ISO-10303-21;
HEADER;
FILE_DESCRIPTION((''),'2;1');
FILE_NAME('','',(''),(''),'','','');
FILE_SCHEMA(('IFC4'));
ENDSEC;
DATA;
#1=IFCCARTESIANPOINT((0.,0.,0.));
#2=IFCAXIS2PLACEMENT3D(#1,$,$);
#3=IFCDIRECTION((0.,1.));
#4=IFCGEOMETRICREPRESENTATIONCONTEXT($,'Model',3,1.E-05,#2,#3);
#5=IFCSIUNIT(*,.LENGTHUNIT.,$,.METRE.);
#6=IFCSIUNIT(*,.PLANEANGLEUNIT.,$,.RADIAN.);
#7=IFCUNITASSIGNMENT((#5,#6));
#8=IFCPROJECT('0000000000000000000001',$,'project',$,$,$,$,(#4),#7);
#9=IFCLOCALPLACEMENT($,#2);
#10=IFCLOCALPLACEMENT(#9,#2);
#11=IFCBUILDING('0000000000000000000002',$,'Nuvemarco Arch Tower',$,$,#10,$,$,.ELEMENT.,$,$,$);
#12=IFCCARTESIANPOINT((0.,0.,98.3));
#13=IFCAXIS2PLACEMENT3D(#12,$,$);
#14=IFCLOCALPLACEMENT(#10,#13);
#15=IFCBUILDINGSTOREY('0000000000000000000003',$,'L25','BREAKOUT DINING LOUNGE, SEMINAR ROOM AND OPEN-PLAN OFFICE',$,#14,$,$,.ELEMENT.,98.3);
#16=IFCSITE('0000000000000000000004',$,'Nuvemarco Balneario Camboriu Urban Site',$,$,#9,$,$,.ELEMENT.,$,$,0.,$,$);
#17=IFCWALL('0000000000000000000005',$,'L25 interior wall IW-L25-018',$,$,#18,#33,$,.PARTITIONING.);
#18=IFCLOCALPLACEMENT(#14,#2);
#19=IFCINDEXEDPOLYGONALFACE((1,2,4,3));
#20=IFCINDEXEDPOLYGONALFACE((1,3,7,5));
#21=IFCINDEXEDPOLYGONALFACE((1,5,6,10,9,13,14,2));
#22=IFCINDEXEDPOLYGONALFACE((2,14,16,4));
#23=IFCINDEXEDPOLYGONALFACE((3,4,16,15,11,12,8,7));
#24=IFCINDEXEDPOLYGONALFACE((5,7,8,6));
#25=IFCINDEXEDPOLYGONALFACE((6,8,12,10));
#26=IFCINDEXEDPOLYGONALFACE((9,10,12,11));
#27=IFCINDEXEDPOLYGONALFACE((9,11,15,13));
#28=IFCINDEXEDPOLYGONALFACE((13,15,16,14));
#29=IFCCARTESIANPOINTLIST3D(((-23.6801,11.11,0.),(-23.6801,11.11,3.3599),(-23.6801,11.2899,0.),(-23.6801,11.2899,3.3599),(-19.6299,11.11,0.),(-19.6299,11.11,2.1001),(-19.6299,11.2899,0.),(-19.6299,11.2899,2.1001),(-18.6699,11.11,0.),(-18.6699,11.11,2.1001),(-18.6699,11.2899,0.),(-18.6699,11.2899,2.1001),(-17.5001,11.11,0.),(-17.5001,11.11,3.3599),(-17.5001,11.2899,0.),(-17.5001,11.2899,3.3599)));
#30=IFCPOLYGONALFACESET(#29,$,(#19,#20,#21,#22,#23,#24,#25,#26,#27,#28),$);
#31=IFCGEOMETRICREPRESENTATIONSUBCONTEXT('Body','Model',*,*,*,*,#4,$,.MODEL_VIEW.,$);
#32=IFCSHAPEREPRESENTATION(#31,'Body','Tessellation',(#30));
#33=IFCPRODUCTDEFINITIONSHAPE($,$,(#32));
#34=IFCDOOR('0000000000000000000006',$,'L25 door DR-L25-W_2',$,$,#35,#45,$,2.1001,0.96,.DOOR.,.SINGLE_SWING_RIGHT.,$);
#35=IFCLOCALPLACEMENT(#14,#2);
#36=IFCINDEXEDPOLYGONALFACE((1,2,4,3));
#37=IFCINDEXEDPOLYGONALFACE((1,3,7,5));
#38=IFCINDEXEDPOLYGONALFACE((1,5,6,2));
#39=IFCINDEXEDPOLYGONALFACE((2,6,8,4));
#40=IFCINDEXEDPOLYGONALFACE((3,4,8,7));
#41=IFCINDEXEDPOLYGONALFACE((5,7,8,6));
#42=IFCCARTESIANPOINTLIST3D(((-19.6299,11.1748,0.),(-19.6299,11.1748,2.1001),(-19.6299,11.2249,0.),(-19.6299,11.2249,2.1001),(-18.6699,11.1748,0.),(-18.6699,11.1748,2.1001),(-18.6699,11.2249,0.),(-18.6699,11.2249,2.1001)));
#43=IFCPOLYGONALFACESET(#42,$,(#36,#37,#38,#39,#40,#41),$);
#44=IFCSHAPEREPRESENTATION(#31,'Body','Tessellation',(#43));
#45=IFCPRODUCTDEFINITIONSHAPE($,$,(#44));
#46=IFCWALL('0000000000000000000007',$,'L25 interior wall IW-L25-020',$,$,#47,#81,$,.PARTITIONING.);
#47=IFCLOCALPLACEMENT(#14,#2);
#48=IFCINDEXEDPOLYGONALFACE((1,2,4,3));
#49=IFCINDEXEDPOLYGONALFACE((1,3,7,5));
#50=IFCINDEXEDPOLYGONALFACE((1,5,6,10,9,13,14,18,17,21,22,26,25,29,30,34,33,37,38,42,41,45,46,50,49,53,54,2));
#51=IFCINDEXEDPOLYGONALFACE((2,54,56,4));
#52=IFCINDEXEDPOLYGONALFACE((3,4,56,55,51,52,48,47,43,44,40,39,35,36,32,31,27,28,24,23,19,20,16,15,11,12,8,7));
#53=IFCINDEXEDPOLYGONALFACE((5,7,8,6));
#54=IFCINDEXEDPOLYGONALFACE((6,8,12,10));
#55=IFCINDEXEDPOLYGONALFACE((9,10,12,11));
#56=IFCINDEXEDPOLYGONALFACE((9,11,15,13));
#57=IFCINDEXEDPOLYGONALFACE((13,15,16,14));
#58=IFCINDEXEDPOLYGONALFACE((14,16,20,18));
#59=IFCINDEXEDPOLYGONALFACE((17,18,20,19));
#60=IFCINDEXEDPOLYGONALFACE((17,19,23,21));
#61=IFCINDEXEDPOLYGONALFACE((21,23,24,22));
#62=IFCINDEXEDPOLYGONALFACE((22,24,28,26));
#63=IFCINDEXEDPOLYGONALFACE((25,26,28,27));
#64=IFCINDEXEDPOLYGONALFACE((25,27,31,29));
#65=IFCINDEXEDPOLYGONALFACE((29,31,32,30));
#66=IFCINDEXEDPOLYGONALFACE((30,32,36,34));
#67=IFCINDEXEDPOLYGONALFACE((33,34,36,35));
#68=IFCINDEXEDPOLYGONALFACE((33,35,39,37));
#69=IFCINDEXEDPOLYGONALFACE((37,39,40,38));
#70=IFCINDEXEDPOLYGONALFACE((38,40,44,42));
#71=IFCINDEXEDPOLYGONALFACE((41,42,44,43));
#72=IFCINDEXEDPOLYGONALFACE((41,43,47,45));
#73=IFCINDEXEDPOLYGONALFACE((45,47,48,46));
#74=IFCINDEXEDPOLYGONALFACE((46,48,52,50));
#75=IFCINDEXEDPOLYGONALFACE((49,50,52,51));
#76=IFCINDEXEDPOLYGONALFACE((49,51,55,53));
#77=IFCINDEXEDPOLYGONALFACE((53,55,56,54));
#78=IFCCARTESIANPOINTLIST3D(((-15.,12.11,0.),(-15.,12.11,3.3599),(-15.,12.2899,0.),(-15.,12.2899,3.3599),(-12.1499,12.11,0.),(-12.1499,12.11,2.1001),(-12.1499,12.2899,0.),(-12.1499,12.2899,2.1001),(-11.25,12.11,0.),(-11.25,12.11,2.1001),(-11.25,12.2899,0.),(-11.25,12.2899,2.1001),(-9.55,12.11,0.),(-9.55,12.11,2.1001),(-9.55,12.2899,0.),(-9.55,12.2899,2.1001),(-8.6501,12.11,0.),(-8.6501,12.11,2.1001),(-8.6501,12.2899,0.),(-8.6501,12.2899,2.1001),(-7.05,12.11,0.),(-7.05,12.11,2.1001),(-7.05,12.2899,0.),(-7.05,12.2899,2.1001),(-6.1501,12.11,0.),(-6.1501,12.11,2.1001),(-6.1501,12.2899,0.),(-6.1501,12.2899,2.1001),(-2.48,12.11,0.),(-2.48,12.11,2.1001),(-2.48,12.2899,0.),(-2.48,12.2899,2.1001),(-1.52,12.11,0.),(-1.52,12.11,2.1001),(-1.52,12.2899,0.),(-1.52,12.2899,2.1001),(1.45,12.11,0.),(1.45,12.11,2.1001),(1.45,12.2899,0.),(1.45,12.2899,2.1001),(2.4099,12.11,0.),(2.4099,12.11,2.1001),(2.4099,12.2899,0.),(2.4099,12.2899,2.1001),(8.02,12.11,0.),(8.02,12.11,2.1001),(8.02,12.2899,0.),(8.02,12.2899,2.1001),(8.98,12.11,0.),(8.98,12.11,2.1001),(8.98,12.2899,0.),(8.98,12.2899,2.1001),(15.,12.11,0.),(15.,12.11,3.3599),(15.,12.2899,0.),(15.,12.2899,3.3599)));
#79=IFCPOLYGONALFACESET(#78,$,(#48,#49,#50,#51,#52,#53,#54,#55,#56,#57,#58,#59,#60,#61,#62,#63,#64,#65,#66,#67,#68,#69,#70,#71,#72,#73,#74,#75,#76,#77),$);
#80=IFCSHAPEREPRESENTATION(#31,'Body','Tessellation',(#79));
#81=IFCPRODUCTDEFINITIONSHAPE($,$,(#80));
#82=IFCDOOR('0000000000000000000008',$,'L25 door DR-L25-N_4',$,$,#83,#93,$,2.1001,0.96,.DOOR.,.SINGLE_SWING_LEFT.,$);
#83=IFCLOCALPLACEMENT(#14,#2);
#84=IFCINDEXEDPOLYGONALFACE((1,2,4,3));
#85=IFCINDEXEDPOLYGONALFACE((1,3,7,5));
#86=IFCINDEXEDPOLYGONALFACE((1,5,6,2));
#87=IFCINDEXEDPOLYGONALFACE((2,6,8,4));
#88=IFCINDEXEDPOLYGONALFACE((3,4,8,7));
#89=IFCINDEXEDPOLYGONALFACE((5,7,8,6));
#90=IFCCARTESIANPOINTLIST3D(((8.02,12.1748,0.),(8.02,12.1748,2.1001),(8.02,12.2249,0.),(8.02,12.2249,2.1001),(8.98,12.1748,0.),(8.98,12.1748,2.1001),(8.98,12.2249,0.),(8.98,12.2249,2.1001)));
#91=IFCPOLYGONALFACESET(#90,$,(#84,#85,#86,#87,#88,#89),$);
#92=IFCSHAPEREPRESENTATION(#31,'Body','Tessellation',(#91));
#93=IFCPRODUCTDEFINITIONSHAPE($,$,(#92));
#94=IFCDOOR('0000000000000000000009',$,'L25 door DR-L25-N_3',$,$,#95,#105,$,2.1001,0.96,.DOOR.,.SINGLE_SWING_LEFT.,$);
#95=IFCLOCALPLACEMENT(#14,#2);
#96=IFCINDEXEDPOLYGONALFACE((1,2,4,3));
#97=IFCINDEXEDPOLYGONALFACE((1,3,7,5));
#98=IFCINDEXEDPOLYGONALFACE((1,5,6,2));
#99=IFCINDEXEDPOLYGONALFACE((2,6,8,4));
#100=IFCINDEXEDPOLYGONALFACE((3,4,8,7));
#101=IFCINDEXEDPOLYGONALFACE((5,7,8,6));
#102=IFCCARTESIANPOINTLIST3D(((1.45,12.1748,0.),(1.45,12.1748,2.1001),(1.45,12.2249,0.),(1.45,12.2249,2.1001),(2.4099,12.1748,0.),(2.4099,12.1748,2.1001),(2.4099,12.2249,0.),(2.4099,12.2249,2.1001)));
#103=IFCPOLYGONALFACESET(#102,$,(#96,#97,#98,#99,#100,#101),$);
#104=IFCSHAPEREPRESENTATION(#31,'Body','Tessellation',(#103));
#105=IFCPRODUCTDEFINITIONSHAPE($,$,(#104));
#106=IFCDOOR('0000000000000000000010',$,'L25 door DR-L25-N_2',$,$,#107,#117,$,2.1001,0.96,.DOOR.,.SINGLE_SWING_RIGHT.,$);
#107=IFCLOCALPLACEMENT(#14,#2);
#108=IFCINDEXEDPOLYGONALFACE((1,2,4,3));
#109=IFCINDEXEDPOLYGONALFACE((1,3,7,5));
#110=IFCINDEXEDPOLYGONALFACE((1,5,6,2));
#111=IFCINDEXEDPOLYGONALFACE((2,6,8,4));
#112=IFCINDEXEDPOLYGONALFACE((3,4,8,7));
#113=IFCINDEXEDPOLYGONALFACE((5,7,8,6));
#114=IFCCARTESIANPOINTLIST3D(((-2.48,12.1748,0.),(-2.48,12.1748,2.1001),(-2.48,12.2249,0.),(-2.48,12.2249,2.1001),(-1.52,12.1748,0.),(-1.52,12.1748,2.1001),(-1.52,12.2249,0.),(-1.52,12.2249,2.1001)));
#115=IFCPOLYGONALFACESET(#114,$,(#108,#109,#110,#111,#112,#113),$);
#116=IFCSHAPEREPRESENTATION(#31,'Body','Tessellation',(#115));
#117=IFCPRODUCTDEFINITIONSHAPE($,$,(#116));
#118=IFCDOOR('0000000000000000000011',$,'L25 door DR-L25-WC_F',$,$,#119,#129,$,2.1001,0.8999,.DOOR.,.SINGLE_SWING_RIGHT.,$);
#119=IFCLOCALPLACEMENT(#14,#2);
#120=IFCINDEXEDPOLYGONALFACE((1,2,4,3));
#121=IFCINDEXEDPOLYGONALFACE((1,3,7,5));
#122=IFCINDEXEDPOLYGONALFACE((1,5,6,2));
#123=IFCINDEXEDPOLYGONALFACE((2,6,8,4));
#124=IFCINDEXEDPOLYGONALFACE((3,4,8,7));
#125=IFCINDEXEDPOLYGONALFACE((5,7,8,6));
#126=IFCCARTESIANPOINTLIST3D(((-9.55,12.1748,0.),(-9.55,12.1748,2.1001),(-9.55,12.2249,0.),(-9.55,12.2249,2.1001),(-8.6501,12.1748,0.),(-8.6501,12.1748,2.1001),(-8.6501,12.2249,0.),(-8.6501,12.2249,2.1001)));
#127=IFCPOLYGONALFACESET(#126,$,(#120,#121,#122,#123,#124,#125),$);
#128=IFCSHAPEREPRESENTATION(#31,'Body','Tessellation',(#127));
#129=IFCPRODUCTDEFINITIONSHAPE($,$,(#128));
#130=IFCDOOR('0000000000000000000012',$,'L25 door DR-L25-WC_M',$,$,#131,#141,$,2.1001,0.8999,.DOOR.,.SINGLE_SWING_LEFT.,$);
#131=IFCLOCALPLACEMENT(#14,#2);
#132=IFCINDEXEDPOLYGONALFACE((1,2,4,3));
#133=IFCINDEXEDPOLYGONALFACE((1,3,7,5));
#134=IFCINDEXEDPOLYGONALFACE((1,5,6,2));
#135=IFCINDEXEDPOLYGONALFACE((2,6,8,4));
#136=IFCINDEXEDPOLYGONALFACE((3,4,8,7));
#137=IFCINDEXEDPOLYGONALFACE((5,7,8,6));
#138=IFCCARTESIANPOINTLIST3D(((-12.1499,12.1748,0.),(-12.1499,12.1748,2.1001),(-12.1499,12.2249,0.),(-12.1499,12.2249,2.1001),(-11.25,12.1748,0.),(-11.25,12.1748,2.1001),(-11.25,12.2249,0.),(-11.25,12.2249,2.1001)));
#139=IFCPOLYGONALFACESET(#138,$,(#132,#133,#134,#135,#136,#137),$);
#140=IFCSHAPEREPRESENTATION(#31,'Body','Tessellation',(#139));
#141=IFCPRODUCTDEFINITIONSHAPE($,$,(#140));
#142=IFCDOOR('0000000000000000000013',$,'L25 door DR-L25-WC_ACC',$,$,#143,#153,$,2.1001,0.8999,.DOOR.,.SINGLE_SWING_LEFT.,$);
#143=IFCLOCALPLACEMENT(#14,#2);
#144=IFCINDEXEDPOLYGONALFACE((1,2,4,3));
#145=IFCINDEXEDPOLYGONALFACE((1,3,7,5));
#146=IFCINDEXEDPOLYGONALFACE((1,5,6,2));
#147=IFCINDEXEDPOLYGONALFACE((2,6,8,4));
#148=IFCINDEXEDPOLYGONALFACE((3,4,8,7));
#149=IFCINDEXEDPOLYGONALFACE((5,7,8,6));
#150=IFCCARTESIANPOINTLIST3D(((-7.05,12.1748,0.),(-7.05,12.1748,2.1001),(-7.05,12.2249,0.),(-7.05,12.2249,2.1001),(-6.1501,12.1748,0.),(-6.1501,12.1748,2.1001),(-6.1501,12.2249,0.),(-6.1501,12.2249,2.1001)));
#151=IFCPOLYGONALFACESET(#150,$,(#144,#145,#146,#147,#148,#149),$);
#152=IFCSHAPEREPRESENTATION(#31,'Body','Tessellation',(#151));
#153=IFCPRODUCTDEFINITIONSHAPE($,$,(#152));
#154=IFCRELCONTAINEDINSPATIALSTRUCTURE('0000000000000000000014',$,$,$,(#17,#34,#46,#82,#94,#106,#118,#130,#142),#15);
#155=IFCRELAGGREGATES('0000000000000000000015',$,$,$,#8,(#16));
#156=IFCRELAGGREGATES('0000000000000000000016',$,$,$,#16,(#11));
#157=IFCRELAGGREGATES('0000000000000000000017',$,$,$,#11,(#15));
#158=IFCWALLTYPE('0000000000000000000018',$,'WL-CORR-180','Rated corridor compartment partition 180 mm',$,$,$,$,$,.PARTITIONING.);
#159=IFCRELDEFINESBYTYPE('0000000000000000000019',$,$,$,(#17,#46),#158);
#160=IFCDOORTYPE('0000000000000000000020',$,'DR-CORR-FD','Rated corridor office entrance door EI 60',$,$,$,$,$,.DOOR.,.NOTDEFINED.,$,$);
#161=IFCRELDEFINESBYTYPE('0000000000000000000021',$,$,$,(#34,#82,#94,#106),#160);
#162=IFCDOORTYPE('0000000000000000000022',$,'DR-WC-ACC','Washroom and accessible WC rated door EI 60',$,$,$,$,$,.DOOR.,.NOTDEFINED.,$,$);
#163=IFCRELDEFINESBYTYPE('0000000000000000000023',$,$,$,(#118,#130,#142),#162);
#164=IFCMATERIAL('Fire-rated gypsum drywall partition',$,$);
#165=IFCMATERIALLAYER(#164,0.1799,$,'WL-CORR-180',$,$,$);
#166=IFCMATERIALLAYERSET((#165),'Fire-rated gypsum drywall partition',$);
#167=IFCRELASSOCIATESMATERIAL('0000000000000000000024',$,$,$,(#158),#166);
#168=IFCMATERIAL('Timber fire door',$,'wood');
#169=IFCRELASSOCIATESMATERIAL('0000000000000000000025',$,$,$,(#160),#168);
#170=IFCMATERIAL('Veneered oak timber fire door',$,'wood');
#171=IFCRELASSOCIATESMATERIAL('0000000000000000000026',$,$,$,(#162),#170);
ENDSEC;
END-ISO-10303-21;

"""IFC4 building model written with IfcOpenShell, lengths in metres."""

from ifc_helpers import new_model, si_unit, direction, frame, frame_2d, origin, place, context, subcontext, project, spatial, rectangle, extrude, source, transform, mapped, material, layer, layer_set, type_object, type_shapes, element, fill, save


model = new_model("IFC4")

# Units and contexts
model_context = context("Model", 3, precision=1e-05, world=origin(), true_north=direction((0.0, 1.0)))
body_context = subcontext(model_context, "Body", "Model", "MODEL_VIEW")
ifc_project = project(units=[si_unit("LENGTHUNIT", "METRE"), si_unit("PLANEANGLEUNIT", "RADIAN")], contexts=[model_context])

# Site, building, storey
site_placement = place(None, origin())
site = spatial("IfcSite", under=ifc_project, at=site_placement, Name="Nuvemarco Balneario Camboriu Urban Site", CompositionType="ELEMENT", RefElevation=0.0)
building_placement = place(site_placement, origin())
building = spatial("IfcBuilding", under=site, at=building_placement, Name="Nuvemarco Arch Tower", CompositionType="ELEMENT")
storey_placement = place(building_placement, frame((0.0, 0.0, 98.3)))
storey = spatial("IfcBuildingStorey", under=building, at=storey_placement, Name="L25", Description="BREAKOUT DINING LOUNGE, SEMINAR ROOM AND OPEN-PLAN OFFICE", CompositionType="ELEMENT", Elevation=98.3)

# Wall, opening, door
ifc_material_1 = material(Name="Fire-rated gypsum drywall partition")
ifc_layer = layer(ifc_material_1, 0.1799, Name="WL-CORR-180")
ifc_layer_set = layer_set([ifc_layer], Name="Fire-rated gypsum drywall partition")
wall_type = type_object("IfcWallType", Name="WL-CORR-180", Description="Rated corridor compartment partition 180 mm", PredefinedType="PARTITIONING", material=ifc_layer_set)
wall_1_placement = place(storey_placement, frame((-23.6799, 11.2, 0.0), z_axis=(0.0, 0.0, 1.0), x_axis=(1.0, 0.0, 0.0)))
wall_1 = element("IfcWall", 1, at=wall_1_placement, inside=storey, type_object=wall_type, Name="L25 interior wall IW-L25-018", PredefinedType="PARTITIONING", context=body_context, shape_type="SweptSolid", body=[
    extrude(rectangle(XDim=6.1799, YDim=0.1799, at=frame_2d((3.0898, 0.0))), origin(), (0.0, 0.0, 1.0), 3.3599),
])
opening_1_placement = place(wall_1_placement, frame((4.05, 0.0, 0.0)))
opening_1 = element("IfcOpeningElement", 2, at=opening_1_placement, cuts=wall_1, PredefinedType="OPENING", context=body_context, shape_type="SweptSolid", body=[
    extrude(rectangle(XDim=0.96, YDim=2.1001, at=frame_2d((0.48, 1.05))), frame((0.0, 0.0999, 0.0), z_axis=(0.0, -1.0, 0.0), x_axis=(1.0, 0.0, 0.0)), (0.0, 0.0, 1.0), 0.2),
])
ifc_material_2 = material(Name="Timber fire door", Category="wood")
door_type_1 = type_object("IfcDoorType", Name="DR-CORR-FD", Description="Rated corridor office entrance door EI 60", OperationType="NOTDEFINED", PredefinedType="DOOR", material=ifc_material_2)
shared_shape_1 = source(origin(), body_context, "Body", "SweptSolid", [
    extrude(rectangle(XDim=0.96, YDim=2.1001, at=frame_2d((0.48, 1.05))), frame((0.0, 0.0249, 0.0), z_axis=(0.0, -1.0, 0.0), x_axis=(1.0, 0.0, 0.0)), (0.0, 0.0, 1.0), 0.05),
])
type_shapes(door_type_1, [shared_shape_1])
door_1_placement = place(opening_1_placement, origin())
door_1 = element("IfcDoor", 3, at=door_1_placement, inside=storey, type_object=door_type_1, Name="L25 door DR-L25-W_2", OperationType="SINGLE_SWING_RIGHT", OverallHeight=2.1001, OverallWidth=0.96, PredefinedType="DOOR", context=body_context, shape_type="MappedRepresentation", body=[
    mapped(shared_shape_1, transform((0.0, 0.0, 0.0), scale=1.0)),
])
fill(opening_1, door_1)

# Wall, openings, doors
wall_2_placement = place(storey_placement, frame((-15.0, 12.2, 0.0), z_axis=(0.0, 0.0, 1.0), x_axis=(1.0, 0.0, 0.0)))
wall_2 = element("IfcWall", 4, at=wall_2_placement, inside=storey, type_object=wall_type, Name="L25 interior wall IW-L25-020", PredefinedType="PARTITIONING", context=body_context, shape_type="SweptSolid", body=[
    extrude(rectangle(XDim=30.0, YDim=0.1799, at=frame_2d((15.0, 0.0))), origin(), (0.0, 0.0, 1.0), 3.3599),
])
opening_2_placement = place(wall_2_placement, frame((23.02, 0.0, 0.0)))
opening_2 = element("IfcOpeningElement", 5, at=opening_2_placement, cuts=wall_2, PredefinedType="OPENING", context=body_context, shape_type="SweptSolid", body=[
    extrude(rectangle(XDim=0.96, YDim=2.1001, at=frame_2d((0.48, 1.05))), frame((0.0, 0.0999, 0.0), z_axis=(0.0, -1.0, 0.0), x_axis=(1.0, 0.0, 0.0)), (0.0, 0.0, 1.0), 0.2),
])
opening_3_placement = place(wall_2_placement, frame((16.45, 0.0, 0.0)))
opening_3 = element("IfcOpeningElement", 6, at=opening_3_placement, cuts=wall_2, PredefinedType="OPENING", context=body_context, shape_type="SweptSolid", body=[
    extrude(rectangle(XDim=0.96, YDim=2.1001, at=frame_2d((0.48, 1.05))), frame((0.0, 0.0999, 0.0), z_axis=(0.0, -1.0, 0.0), x_axis=(1.0, 0.0, 0.0)), (0.0, 0.0, 1.0), 0.2),
])
opening_4_placement = place(wall_2_placement, frame((5.45, 0.0, 0.0)))
opening_4 = element("IfcOpeningElement", 7, at=opening_4_placement, cuts=wall_2, PredefinedType="OPENING", context=body_context, shape_type="SweptSolid", body=[
    extrude(rectangle(XDim=0.8999, YDim=2.1001, at=frame_2d((0.45, 1.05))), frame((0.0, 0.0999, 0.0), z_axis=(0.0, -1.0, 0.0), x_axis=(1.0, 0.0, 0.0)), (0.0, 0.0, 1.0), 0.2),
])
opening_5_placement = place(wall_2_placement, frame((2.8501, 0.0, 0.0)))
opening_5 = element("IfcOpeningElement", 8, at=opening_5_placement, cuts=wall_2, PredefinedType="OPENING", context=body_context, shape_type="SweptSolid", body=[
    extrude(rectangle(XDim=0.8999, YDim=2.1001, at=frame_2d((0.45, 1.05))), frame((0.0, 0.0999, 0.0), z_axis=(0.0, -1.0, 0.0), x_axis=(1.0, 0.0, 0.0)), (0.0, 0.0, 1.0), 0.2),
])
opening_6_placement = place(wall_2_placement, frame((12.52, 0.0, 0.0)))
opening_6 = element("IfcOpeningElement", 9, at=opening_6_placement, cuts=wall_2, PredefinedType="OPENING", context=body_context, shape_type="SweptSolid", body=[
    extrude(rectangle(XDim=0.96, YDim=2.1001, at=frame_2d((0.48, 1.05))), frame((0.0, 0.0999, 0.0), z_axis=(0.0, -1.0, 0.0), x_axis=(1.0, 0.0, 0.0)), (0.0, 0.0, 1.0), 0.2),
])
opening_7_placement = place(wall_2_placement, frame((7.95, 0.0, 0.0)))
opening_7 = element("IfcOpeningElement", 10, at=opening_7_placement, cuts=wall_2, PredefinedType="OPENING", context=body_context, shape_type="SweptSolid", body=[
    extrude(rectangle(XDim=0.8999, YDim=2.1001, at=frame_2d((0.45, 1.05))), frame((0.0, 0.0999, 0.0), z_axis=(0.0, -1.0, 0.0), x_axis=(1.0, 0.0, 0.0)), (0.0, 0.0, 1.0), 0.2),
])
door_2_placement = place(opening_2_placement, origin())
door_2 = element("IfcDoor", 11, at=door_2_placement, inside=storey, type_object=door_type_1, Name="L25 door DR-L25-N_4", OperationType="SINGLE_SWING_LEFT", OverallHeight=2.1001, OverallWidth=0.96, PredefinedType="DOOR", context=body_context, shape_type="MappedRepresentation", body=[
    mapped(shared_shape_1, transform((0.0, 0.0, 0.0), scale=1.0)),
])
fill(opening_2, door_2)
door_3_placement = place(opening_3_placement, origin())
door_3 = element("IfcDoor", 12, at=door_3_placement, inside=storey, type_object=door_type_1, Name="L25 door DR-L25-N_3", OperationType="SINGLE_SWING_LEFT", OverallHeight=2.1001, OverallWidth=0.96, PredefinedType="DOOR", context=body_context, shape_type="MappedRepresentation", body=[
    mapped(shared_shape_1, transform((0.0, 0.0, 0.0), scale=1.0)),
])
fill(opening_3, door_3)
door_4_placement = place(opening_6_placement, origin())
door_4 = element("IfcDoor", 13, at=door_4_placement, inside=storey, type_object=door_type_1, Name="L25 door DR-L25-N_2", OperationType="SINGLE_SWING_RIGHT", OverallHeight=2.1001, OverallWidth=0.96, PredefinedType="DOOR", context=body_context, shape_type="MappedRepresentation", body=[
    mapped(shared_shape_1, transform((0.0, 0.0, 0.0), scale=1.0)),
])
fill(opening_6, door_4)
ifc_material_3 = material(Name="Veneered oak timber fire door", Category="wood")
door_type_2 = type_object("IfcDoorType", Name="DR-WC-ACC", Description="Washroom and accessible WC rated door EI 60", OperationType="NOTDEFINED", PredefinedType="DOOR", material=ifc_material_3)
shared_shape_2 = source(origin(), body_context, "Body", "SweptSolid", [
    extrude(rectangle(XDim=0.8999, YDim=2.1001, at=frame_2d((0.45, 1.05))), frame((0.0, 0.0249, 0.0), z_axis=(0.0, -1.0, 0.0), x_axis=(1.0, 0.0, 0.0)), (0.0, 0.0, 1.0), 0.05),
])
type_shapes(door_type_2, [shared_shape_2])
door_5_placement = place(opening_4_placement, origin())
door_5 = element("IfcDoor", 14, at=door_5_placement, inside=storey, type_object=door_type_2, Name="L25 door DR-L25-WC_F", OperationType="SINGLE_SWING_RIGHT", OverallHeight=2.1001, OverallWidth=0.8999, PredefinedType="DOOR", context=body_context, shape_type="MappedRepresentation", body=[
    mapped(shared_shape_2, transform((0.0, 0.0, 0.0), scale=1.0)),
])
fill(opening_4, door_5)
door_6_placement = place(opening_5_placement, origin())
door_6 = element("IfcDoor", 15, at=door_6_placement, inside=storey, type_object=door_type_2, Name="L25 door DR-L25-WC_M", OperationType="SINGLE_SWING_LEFT", OverallHeight=2.1001, OverallWidth=0.8999, PredefinedType="DOOR", context=body_context, shape_type="MappedRepresentation", body=[
    mapped(shared_shape_2, transform((0.0, 0.0, 0.0), scale=1.0)),
])
fill(opening_5, door_6)
door_7_placement = place(opening_7_placement, origin())
door_7 = element("IfcDoor", 16, at=door_7_placement, inside=storey, type_object=door_type_2, Name="L25 door DR-L25-WC_ACC", OperationType="SINGLE_SWING_LEFT", OverallHeight=2.1001, OverallWidth=0.8999, PredefinedType="DOOR", context=body_context, shape_type="MappedRepresentation", body=[
    mapped(shared_shape_2, transform((0.0, 0.0, 0.0), scale=1.0)),
])
fill(opening_7, door_7)

save(model, "model.ifc")
